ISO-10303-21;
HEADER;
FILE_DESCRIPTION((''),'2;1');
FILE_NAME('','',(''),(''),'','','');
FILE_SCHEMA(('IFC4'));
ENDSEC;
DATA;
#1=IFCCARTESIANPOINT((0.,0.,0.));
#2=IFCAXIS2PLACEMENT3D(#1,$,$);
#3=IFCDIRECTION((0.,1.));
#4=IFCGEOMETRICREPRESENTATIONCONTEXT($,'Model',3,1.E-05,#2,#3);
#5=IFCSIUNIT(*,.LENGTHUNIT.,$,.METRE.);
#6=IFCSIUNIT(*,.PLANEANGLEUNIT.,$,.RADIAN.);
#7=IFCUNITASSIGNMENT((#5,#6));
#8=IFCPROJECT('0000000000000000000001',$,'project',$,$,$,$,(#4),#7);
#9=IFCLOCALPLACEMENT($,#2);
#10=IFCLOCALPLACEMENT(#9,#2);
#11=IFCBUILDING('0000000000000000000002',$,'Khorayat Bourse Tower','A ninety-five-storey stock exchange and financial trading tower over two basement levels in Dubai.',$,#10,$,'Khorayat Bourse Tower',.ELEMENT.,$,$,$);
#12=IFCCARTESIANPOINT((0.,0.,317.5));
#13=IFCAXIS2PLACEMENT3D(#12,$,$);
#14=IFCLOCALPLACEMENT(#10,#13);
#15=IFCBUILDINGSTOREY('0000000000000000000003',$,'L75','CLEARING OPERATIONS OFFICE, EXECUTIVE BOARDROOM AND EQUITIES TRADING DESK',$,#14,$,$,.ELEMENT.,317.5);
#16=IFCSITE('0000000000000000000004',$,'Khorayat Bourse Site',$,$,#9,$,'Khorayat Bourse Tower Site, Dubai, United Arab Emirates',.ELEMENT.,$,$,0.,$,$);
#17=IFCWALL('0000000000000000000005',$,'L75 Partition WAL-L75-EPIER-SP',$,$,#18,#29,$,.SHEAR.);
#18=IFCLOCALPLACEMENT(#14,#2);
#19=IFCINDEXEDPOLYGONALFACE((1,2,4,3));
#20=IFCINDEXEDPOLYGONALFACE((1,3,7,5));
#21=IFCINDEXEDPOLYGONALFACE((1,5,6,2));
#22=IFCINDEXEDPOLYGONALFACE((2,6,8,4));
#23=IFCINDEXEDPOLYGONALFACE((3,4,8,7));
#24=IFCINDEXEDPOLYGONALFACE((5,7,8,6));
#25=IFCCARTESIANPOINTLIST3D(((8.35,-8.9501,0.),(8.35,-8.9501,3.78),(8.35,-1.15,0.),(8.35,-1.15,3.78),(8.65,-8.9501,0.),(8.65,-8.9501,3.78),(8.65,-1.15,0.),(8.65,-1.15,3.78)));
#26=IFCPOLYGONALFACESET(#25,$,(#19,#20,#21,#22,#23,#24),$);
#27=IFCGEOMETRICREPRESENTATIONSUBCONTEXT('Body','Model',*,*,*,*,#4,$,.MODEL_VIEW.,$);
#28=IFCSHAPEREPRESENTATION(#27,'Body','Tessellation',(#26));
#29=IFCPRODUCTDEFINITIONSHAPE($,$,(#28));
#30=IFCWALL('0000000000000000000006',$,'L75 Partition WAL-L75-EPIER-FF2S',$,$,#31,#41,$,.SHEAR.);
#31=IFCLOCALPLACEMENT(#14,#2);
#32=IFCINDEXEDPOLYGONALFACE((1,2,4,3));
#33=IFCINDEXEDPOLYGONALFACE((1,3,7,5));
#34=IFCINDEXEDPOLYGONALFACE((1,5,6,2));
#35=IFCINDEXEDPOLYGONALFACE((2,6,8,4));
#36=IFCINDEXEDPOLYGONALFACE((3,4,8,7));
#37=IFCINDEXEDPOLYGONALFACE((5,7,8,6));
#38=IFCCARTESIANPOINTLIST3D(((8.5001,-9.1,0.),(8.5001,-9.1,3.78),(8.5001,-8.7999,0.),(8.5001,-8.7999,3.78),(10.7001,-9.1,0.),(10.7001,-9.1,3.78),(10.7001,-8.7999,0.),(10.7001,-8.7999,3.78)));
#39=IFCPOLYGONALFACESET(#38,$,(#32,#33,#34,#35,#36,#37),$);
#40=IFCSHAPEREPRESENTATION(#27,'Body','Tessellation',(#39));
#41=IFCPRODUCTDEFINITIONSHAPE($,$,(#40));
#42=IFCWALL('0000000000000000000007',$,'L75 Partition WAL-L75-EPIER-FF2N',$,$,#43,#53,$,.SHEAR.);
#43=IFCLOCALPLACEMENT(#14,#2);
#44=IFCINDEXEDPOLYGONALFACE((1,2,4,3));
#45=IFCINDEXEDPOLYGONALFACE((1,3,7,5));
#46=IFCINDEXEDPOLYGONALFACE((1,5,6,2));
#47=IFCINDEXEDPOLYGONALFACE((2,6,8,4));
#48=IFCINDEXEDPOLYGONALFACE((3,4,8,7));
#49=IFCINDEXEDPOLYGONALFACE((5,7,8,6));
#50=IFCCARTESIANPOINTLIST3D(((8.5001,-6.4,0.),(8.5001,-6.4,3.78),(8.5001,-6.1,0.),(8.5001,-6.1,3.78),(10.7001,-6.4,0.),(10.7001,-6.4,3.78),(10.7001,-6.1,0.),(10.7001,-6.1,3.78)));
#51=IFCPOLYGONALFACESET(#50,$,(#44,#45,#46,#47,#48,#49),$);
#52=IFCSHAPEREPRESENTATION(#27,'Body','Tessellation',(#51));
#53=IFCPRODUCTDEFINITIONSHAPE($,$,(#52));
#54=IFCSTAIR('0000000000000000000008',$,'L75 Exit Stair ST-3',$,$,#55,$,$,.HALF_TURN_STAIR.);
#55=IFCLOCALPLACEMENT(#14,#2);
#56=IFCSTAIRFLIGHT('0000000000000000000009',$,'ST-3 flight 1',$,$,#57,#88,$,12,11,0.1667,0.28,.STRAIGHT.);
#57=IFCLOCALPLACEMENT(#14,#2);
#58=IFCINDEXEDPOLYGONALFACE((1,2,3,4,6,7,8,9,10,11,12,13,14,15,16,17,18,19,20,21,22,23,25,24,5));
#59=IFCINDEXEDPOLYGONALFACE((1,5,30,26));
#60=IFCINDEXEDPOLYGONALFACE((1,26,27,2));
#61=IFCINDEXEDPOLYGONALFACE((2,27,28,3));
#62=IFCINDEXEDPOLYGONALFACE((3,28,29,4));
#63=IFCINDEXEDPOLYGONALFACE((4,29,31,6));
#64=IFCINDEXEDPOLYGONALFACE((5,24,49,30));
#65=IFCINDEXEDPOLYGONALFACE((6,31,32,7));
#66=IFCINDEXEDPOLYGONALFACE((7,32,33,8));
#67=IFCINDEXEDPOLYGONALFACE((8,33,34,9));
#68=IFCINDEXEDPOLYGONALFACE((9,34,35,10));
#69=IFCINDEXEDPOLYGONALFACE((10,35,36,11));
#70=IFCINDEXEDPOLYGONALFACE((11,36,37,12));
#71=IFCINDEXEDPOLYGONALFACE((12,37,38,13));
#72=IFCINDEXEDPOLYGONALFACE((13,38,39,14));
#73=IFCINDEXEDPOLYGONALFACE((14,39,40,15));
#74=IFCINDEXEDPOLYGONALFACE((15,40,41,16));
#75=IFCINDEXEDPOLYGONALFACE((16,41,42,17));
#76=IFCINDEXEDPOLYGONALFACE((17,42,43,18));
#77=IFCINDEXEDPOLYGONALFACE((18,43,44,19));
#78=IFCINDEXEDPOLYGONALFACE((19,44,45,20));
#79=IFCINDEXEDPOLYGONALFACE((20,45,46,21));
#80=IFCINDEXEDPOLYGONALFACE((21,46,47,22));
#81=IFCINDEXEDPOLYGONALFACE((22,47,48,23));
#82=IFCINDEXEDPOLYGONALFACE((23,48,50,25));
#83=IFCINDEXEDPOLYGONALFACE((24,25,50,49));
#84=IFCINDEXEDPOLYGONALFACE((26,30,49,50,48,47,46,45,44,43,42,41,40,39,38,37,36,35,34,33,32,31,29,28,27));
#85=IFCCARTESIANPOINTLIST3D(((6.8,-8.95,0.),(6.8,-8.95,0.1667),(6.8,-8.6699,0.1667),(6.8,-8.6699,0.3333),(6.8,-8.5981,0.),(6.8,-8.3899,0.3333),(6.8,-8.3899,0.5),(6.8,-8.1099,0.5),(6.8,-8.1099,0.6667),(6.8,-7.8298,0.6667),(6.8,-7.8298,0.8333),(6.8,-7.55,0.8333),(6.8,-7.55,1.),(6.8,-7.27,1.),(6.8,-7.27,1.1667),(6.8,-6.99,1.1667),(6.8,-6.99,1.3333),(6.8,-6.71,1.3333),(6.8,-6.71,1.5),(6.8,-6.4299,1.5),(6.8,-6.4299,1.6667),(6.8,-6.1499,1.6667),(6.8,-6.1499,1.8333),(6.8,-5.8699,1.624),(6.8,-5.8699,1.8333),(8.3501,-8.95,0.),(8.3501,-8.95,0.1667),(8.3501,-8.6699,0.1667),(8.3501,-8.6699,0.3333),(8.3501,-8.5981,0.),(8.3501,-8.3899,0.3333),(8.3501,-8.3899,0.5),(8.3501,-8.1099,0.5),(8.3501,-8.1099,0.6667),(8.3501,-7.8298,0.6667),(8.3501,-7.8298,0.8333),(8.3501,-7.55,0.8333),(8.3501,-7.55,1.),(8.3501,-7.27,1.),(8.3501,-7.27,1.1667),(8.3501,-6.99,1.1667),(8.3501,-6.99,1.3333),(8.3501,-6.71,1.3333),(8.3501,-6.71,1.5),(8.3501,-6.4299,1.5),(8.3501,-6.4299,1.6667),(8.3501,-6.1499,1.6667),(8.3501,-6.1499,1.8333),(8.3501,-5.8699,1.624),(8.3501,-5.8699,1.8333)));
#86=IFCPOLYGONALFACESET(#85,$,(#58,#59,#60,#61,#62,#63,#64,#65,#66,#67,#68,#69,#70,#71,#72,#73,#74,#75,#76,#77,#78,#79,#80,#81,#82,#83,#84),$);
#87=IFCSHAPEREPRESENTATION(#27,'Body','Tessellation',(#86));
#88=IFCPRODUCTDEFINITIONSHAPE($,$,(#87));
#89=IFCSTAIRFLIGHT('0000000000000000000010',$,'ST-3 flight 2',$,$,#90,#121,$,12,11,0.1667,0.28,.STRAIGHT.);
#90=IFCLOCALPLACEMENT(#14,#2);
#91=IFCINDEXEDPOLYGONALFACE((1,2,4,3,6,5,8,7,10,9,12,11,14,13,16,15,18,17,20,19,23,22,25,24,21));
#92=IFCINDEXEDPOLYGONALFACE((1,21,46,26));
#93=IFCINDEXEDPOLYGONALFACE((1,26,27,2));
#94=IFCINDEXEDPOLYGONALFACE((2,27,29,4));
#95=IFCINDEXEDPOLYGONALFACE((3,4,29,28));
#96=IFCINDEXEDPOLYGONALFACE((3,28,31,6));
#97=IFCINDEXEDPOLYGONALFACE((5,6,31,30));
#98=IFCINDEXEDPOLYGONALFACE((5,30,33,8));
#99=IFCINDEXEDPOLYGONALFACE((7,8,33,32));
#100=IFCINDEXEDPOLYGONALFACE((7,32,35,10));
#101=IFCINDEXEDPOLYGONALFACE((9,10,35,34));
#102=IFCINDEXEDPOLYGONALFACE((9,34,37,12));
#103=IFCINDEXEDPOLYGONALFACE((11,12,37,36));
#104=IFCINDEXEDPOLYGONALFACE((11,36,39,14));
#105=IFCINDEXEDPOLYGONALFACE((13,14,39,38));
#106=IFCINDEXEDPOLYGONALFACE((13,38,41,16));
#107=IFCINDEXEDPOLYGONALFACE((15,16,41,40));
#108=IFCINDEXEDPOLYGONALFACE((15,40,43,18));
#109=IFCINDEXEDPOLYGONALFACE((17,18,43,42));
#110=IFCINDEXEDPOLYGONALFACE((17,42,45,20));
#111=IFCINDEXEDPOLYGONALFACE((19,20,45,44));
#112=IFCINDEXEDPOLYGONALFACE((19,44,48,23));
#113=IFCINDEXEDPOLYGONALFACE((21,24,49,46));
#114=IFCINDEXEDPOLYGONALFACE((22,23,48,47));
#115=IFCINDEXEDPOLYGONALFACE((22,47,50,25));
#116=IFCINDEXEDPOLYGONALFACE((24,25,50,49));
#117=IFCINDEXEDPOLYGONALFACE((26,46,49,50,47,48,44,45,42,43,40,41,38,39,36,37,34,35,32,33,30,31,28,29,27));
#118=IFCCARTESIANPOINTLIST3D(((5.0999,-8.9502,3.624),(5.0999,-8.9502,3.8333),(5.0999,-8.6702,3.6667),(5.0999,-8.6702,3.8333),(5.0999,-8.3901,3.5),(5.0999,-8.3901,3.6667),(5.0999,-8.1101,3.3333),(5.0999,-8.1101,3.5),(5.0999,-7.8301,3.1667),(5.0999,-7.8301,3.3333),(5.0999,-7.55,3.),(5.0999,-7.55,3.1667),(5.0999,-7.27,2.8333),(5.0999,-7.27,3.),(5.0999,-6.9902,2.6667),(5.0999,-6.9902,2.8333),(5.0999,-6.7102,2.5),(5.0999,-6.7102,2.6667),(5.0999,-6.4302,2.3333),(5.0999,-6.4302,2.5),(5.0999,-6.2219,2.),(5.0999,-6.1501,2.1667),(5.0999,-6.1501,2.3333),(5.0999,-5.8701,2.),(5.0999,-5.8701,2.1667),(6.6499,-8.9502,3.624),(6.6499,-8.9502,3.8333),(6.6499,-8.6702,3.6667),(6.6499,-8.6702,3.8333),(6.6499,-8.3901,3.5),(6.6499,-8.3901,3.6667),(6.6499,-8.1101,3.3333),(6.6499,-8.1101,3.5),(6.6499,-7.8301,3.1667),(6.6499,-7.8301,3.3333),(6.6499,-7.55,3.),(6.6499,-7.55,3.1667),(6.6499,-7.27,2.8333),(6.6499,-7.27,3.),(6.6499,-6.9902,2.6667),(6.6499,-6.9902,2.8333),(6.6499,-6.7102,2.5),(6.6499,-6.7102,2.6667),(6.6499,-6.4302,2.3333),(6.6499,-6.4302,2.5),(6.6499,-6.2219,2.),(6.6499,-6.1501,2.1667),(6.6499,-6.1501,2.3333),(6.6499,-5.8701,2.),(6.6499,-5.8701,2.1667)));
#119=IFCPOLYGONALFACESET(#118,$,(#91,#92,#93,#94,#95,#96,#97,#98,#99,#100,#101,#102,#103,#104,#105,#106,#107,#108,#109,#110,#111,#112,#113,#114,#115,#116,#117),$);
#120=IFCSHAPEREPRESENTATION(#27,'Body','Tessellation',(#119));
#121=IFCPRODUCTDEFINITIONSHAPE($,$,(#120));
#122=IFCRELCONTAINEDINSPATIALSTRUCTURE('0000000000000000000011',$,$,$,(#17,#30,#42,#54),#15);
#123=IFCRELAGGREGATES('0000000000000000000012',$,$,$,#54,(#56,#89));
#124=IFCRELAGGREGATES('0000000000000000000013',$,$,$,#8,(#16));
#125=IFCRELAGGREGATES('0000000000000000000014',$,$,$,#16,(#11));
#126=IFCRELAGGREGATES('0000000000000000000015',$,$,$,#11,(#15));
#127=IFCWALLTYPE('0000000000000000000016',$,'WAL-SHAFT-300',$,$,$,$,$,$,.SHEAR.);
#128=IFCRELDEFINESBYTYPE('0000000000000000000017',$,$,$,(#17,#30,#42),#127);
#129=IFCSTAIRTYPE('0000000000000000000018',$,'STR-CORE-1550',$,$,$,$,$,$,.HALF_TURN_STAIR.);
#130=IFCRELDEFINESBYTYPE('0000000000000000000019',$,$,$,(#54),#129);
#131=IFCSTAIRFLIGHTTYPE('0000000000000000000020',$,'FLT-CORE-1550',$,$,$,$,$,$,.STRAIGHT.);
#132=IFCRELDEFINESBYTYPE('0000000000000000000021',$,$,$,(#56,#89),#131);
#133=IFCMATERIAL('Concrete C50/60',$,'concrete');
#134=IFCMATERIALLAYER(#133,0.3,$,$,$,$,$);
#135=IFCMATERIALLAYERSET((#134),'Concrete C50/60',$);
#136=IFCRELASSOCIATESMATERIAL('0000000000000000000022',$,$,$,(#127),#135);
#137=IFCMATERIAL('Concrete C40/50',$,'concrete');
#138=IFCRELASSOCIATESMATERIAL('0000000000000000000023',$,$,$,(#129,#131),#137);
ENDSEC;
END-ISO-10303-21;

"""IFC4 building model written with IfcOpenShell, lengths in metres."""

from ifc_helpers import new_model, si_unit, direction, frame, frame_2d, origin, place, context, subcontext, project, spatial, polyline, rectangle, outline, extrude, source, transform, mapped, material, layer, layer_set, type_object, element, aggregate, save


model = new_model("IFC4")

# Units and contexts
model_context = context("Model", 3, precision=1e-05, world=origin(), true_north=direction((0.0, 1.0)))
body_context = subcontext(model_context, "Body", "Model", "MODEL_VIEW")
ifc_project = project(units=[si_unit("LENGTHUNIT", "METRE"), si_unit("PLANEANGLEUNIT", "RADIAN")], contexts=[model_context])

# Site, building, storey
site_placement = place(None, origin())
site = spatial("IfcSite", under=ifc_project, at=site_placement, Name="Khorayat Bourse Site", LongName="Khorayat Bourse Tower Site, Dubai, United Arab Emirates", CompositionType="ELEMENT", RefElevation=0.0)
building_placement = place(site_placement, origin())
building = spatial("IfcBuilding", under=site, at=building_placement, Name="Khorayat Bourse Tower", Description="A ninety-five-storey stock exchange and financial trading tower over two basement levels in Dubai.", LongName="Khorayat Bourse Tower", CompositionType="ELEMENT")
storey_placement = place(building_placement, frame((0.0, 0.0, 317.5)))
storey = spatial("IfcBuildingStorey", under=building, at=storey_placement, Name="L75", Description="CLEARING OPERATIONS OFFICE, EXECUTIVE BOARDROOM AND EQUITIES TRADING DESK", CompositionType="ELEMENT", Elevation=317.5)

# Walls
ifc_material_1 = material(Name="Concrete C50/60", Category="concrete")
ifc_layer_1 = layer(ifc_material_1, 0.3)
ifc_layer_set_1 = layer_set([ifc_layer_1], Name="Concrete C50/60")
wall_type_1 = type_object("IfcWallType", Name="WAL-SHAFT-300", PredefinedType="SHEAR", material=ifc_layer_set_1)
shared_shape_1 = source(origin(), body_context, "Body", "SweptSolid", [
    extrude(rectangle(XDim=7.8, YDim=0.3, at=frame_2d((3.8999, 0.0))), origin(), (0.0, 0.0, 1.0), 3.78),
])
wall_1_placement = place(storey_placement, frame((8.5, -8.95, 0.0), z_axis=(0.0, 0.0, 1.0), x_axis=(0.0, 1.0, 0.0)))
element("IfcWall", 1, at=wall_1_placement, inside=storey, type_object=wall_type_1, Name="L75 Partition WAL-L75-EPIER-SP", PredefinedType="SHEAR", context=body_context, shape_type="MappedRepresentation", body=[
    mapped(shared_shape_1, transform((0.0, 0.0, 0.0), scale=1.0)),
])
shared_shape_2 = source(origin(), body_context, "Body", "SweptSolid", [
    extrude(rectangle(XDim=2.2, YDim=0.3, at=frame_2d((1.1001, 0.0))), origin(), (0.0, 0.0, 1.0), 3.78),
])
for number, where, z_axis, x_axis, name in (
    (2, (8.5, -8.95, 0.0), (0.0, 0.0, 1.0), (1.0, 0.0, 0.0), "L75 Partition WAL-L75-EPIER-FF2S"),
    (3, (8.5, -6.25, 0.0), (0.0, 0.0, 1.0), (1.0, 0.0, 0.0), "L75 Partition WAL-L75-EPIER-FF2N"),
):
    element("IfcWall", number, at=place(storey_placement, frame(where, z_axis=z_axis, x_axis=x_axis)), inside=storey, type_object=wall_type_1, Name=name, PredefinedType="SHEAR", context=body_context, shape_type="MappedRepresentation", body=[
        mapped(shared_shape_2, transform((0.0, 0.0, 0.0), scale=1.0)),
    ])

# Stair, stair flights
ifc_material_2 = material(Name="Concrete C40/50", Category="concrete")
stair_type = type_object("IfcStairType", Name="STR-CORE-1550", PredefinedType="HALF_TURN_STAIR", material=ifc_material_2)
stair_placement = place(storey_placement, origin())
stair = element("IfcStair", 4, at=stair_placement, inside=storey, type_object=stair_type, Name="L75 Exit Stair ST-3", PredefinedType="HALF_TURN_STAIR")
stair_flight_type = type_object("IfcStairFlightType", Name="FLT-CORE-1550", PredefinedType="STRAIGHT", material=ifc_material_2)
shared_shape_3 = source(origin(), body_context, "Body", "SweptSolid", [
    extrude(outline(polyline([(0.0, 0.0), (0.0, 0.1667), (0.28, 0.1667), (0.28, 0.3333), (0.5601, 0.3333), (0.5601, 0.5), (0.8401, 0.5), (0.8401, 0.6667), (1.1201, 0.6667), (1.1201, 0.8333), (1.3999, 0.8333), (1.3999, 1.0), (1.6799, 1.0), (1.6799, 1.1667), (1.96, 1.1667), (1.96, 1.3333), (2.24, 1.3333), (2.24, 1.5), (2.52, 1.5), (2.52, 1.6667), (2.8, 1.6667), (2.8, 1.8333), (3.0801, 1.8333), (3.0801, 2.0), (3.0801, 1.624), (0.3518, 0.0), (0.0, 0.0)])), frame((0.0, 0.7749, 0.0), z_axis=(0.0, -1.0, 0.0), x_axis=(1.0, 0.0, 0.0)), (0.0, 0.0, 1.0), 1.55),
])
stair_flight_1_placement = place(storey_placement, frame((7.575, -8.95, 0.0), z_axis=(0.0, 0.0, 1.0), x_axis=(0.0, 1.0, 0.0)))
stair_flight_1 = element("IfcStairFlight", 5, at=stair_flight_1_placement, type_object=stair_flight_type, Name="ST-3 flight 1", NumberOfRisers=12, NumberOfTreads=11, PredefinedType="STRAIGHT", RiserHeight=0.1667, TreadLength=0.28, context=body_context, shape_type="MappedRepresentation", body=[
    mapped(shared_shape_3, transform((0.0, 0.0, 0.0), scale=1.0)),
])
stair_flight_2_placement = place(storey_placement, frame((5.875, -5.8701, 2.0), z_axis=(0.0, 0.0, 1.0), x_axis=(0.0, -1.0, 0.0)))
stair_flight_2 = element("IfcStairFlight", 6, at=stair_flight_2_placement, type_object=stair_flight_type, Name="ST-3 flight 2", NumberOfRisers=12, NumberOfTreads=11, PredefinedType="STRAIGHT", RiserHeight=0.1667, TreadLength=0.28, context=body_context, shape_type="MappedRepresentation", body=[
    mapped(shared_shape_3, transform((0.0, 0.0, 0.0), scale=1.0)),
])
aggregate(stair, [stair_flight_1, stair_flight_2])

save(model, "model.ifc")
